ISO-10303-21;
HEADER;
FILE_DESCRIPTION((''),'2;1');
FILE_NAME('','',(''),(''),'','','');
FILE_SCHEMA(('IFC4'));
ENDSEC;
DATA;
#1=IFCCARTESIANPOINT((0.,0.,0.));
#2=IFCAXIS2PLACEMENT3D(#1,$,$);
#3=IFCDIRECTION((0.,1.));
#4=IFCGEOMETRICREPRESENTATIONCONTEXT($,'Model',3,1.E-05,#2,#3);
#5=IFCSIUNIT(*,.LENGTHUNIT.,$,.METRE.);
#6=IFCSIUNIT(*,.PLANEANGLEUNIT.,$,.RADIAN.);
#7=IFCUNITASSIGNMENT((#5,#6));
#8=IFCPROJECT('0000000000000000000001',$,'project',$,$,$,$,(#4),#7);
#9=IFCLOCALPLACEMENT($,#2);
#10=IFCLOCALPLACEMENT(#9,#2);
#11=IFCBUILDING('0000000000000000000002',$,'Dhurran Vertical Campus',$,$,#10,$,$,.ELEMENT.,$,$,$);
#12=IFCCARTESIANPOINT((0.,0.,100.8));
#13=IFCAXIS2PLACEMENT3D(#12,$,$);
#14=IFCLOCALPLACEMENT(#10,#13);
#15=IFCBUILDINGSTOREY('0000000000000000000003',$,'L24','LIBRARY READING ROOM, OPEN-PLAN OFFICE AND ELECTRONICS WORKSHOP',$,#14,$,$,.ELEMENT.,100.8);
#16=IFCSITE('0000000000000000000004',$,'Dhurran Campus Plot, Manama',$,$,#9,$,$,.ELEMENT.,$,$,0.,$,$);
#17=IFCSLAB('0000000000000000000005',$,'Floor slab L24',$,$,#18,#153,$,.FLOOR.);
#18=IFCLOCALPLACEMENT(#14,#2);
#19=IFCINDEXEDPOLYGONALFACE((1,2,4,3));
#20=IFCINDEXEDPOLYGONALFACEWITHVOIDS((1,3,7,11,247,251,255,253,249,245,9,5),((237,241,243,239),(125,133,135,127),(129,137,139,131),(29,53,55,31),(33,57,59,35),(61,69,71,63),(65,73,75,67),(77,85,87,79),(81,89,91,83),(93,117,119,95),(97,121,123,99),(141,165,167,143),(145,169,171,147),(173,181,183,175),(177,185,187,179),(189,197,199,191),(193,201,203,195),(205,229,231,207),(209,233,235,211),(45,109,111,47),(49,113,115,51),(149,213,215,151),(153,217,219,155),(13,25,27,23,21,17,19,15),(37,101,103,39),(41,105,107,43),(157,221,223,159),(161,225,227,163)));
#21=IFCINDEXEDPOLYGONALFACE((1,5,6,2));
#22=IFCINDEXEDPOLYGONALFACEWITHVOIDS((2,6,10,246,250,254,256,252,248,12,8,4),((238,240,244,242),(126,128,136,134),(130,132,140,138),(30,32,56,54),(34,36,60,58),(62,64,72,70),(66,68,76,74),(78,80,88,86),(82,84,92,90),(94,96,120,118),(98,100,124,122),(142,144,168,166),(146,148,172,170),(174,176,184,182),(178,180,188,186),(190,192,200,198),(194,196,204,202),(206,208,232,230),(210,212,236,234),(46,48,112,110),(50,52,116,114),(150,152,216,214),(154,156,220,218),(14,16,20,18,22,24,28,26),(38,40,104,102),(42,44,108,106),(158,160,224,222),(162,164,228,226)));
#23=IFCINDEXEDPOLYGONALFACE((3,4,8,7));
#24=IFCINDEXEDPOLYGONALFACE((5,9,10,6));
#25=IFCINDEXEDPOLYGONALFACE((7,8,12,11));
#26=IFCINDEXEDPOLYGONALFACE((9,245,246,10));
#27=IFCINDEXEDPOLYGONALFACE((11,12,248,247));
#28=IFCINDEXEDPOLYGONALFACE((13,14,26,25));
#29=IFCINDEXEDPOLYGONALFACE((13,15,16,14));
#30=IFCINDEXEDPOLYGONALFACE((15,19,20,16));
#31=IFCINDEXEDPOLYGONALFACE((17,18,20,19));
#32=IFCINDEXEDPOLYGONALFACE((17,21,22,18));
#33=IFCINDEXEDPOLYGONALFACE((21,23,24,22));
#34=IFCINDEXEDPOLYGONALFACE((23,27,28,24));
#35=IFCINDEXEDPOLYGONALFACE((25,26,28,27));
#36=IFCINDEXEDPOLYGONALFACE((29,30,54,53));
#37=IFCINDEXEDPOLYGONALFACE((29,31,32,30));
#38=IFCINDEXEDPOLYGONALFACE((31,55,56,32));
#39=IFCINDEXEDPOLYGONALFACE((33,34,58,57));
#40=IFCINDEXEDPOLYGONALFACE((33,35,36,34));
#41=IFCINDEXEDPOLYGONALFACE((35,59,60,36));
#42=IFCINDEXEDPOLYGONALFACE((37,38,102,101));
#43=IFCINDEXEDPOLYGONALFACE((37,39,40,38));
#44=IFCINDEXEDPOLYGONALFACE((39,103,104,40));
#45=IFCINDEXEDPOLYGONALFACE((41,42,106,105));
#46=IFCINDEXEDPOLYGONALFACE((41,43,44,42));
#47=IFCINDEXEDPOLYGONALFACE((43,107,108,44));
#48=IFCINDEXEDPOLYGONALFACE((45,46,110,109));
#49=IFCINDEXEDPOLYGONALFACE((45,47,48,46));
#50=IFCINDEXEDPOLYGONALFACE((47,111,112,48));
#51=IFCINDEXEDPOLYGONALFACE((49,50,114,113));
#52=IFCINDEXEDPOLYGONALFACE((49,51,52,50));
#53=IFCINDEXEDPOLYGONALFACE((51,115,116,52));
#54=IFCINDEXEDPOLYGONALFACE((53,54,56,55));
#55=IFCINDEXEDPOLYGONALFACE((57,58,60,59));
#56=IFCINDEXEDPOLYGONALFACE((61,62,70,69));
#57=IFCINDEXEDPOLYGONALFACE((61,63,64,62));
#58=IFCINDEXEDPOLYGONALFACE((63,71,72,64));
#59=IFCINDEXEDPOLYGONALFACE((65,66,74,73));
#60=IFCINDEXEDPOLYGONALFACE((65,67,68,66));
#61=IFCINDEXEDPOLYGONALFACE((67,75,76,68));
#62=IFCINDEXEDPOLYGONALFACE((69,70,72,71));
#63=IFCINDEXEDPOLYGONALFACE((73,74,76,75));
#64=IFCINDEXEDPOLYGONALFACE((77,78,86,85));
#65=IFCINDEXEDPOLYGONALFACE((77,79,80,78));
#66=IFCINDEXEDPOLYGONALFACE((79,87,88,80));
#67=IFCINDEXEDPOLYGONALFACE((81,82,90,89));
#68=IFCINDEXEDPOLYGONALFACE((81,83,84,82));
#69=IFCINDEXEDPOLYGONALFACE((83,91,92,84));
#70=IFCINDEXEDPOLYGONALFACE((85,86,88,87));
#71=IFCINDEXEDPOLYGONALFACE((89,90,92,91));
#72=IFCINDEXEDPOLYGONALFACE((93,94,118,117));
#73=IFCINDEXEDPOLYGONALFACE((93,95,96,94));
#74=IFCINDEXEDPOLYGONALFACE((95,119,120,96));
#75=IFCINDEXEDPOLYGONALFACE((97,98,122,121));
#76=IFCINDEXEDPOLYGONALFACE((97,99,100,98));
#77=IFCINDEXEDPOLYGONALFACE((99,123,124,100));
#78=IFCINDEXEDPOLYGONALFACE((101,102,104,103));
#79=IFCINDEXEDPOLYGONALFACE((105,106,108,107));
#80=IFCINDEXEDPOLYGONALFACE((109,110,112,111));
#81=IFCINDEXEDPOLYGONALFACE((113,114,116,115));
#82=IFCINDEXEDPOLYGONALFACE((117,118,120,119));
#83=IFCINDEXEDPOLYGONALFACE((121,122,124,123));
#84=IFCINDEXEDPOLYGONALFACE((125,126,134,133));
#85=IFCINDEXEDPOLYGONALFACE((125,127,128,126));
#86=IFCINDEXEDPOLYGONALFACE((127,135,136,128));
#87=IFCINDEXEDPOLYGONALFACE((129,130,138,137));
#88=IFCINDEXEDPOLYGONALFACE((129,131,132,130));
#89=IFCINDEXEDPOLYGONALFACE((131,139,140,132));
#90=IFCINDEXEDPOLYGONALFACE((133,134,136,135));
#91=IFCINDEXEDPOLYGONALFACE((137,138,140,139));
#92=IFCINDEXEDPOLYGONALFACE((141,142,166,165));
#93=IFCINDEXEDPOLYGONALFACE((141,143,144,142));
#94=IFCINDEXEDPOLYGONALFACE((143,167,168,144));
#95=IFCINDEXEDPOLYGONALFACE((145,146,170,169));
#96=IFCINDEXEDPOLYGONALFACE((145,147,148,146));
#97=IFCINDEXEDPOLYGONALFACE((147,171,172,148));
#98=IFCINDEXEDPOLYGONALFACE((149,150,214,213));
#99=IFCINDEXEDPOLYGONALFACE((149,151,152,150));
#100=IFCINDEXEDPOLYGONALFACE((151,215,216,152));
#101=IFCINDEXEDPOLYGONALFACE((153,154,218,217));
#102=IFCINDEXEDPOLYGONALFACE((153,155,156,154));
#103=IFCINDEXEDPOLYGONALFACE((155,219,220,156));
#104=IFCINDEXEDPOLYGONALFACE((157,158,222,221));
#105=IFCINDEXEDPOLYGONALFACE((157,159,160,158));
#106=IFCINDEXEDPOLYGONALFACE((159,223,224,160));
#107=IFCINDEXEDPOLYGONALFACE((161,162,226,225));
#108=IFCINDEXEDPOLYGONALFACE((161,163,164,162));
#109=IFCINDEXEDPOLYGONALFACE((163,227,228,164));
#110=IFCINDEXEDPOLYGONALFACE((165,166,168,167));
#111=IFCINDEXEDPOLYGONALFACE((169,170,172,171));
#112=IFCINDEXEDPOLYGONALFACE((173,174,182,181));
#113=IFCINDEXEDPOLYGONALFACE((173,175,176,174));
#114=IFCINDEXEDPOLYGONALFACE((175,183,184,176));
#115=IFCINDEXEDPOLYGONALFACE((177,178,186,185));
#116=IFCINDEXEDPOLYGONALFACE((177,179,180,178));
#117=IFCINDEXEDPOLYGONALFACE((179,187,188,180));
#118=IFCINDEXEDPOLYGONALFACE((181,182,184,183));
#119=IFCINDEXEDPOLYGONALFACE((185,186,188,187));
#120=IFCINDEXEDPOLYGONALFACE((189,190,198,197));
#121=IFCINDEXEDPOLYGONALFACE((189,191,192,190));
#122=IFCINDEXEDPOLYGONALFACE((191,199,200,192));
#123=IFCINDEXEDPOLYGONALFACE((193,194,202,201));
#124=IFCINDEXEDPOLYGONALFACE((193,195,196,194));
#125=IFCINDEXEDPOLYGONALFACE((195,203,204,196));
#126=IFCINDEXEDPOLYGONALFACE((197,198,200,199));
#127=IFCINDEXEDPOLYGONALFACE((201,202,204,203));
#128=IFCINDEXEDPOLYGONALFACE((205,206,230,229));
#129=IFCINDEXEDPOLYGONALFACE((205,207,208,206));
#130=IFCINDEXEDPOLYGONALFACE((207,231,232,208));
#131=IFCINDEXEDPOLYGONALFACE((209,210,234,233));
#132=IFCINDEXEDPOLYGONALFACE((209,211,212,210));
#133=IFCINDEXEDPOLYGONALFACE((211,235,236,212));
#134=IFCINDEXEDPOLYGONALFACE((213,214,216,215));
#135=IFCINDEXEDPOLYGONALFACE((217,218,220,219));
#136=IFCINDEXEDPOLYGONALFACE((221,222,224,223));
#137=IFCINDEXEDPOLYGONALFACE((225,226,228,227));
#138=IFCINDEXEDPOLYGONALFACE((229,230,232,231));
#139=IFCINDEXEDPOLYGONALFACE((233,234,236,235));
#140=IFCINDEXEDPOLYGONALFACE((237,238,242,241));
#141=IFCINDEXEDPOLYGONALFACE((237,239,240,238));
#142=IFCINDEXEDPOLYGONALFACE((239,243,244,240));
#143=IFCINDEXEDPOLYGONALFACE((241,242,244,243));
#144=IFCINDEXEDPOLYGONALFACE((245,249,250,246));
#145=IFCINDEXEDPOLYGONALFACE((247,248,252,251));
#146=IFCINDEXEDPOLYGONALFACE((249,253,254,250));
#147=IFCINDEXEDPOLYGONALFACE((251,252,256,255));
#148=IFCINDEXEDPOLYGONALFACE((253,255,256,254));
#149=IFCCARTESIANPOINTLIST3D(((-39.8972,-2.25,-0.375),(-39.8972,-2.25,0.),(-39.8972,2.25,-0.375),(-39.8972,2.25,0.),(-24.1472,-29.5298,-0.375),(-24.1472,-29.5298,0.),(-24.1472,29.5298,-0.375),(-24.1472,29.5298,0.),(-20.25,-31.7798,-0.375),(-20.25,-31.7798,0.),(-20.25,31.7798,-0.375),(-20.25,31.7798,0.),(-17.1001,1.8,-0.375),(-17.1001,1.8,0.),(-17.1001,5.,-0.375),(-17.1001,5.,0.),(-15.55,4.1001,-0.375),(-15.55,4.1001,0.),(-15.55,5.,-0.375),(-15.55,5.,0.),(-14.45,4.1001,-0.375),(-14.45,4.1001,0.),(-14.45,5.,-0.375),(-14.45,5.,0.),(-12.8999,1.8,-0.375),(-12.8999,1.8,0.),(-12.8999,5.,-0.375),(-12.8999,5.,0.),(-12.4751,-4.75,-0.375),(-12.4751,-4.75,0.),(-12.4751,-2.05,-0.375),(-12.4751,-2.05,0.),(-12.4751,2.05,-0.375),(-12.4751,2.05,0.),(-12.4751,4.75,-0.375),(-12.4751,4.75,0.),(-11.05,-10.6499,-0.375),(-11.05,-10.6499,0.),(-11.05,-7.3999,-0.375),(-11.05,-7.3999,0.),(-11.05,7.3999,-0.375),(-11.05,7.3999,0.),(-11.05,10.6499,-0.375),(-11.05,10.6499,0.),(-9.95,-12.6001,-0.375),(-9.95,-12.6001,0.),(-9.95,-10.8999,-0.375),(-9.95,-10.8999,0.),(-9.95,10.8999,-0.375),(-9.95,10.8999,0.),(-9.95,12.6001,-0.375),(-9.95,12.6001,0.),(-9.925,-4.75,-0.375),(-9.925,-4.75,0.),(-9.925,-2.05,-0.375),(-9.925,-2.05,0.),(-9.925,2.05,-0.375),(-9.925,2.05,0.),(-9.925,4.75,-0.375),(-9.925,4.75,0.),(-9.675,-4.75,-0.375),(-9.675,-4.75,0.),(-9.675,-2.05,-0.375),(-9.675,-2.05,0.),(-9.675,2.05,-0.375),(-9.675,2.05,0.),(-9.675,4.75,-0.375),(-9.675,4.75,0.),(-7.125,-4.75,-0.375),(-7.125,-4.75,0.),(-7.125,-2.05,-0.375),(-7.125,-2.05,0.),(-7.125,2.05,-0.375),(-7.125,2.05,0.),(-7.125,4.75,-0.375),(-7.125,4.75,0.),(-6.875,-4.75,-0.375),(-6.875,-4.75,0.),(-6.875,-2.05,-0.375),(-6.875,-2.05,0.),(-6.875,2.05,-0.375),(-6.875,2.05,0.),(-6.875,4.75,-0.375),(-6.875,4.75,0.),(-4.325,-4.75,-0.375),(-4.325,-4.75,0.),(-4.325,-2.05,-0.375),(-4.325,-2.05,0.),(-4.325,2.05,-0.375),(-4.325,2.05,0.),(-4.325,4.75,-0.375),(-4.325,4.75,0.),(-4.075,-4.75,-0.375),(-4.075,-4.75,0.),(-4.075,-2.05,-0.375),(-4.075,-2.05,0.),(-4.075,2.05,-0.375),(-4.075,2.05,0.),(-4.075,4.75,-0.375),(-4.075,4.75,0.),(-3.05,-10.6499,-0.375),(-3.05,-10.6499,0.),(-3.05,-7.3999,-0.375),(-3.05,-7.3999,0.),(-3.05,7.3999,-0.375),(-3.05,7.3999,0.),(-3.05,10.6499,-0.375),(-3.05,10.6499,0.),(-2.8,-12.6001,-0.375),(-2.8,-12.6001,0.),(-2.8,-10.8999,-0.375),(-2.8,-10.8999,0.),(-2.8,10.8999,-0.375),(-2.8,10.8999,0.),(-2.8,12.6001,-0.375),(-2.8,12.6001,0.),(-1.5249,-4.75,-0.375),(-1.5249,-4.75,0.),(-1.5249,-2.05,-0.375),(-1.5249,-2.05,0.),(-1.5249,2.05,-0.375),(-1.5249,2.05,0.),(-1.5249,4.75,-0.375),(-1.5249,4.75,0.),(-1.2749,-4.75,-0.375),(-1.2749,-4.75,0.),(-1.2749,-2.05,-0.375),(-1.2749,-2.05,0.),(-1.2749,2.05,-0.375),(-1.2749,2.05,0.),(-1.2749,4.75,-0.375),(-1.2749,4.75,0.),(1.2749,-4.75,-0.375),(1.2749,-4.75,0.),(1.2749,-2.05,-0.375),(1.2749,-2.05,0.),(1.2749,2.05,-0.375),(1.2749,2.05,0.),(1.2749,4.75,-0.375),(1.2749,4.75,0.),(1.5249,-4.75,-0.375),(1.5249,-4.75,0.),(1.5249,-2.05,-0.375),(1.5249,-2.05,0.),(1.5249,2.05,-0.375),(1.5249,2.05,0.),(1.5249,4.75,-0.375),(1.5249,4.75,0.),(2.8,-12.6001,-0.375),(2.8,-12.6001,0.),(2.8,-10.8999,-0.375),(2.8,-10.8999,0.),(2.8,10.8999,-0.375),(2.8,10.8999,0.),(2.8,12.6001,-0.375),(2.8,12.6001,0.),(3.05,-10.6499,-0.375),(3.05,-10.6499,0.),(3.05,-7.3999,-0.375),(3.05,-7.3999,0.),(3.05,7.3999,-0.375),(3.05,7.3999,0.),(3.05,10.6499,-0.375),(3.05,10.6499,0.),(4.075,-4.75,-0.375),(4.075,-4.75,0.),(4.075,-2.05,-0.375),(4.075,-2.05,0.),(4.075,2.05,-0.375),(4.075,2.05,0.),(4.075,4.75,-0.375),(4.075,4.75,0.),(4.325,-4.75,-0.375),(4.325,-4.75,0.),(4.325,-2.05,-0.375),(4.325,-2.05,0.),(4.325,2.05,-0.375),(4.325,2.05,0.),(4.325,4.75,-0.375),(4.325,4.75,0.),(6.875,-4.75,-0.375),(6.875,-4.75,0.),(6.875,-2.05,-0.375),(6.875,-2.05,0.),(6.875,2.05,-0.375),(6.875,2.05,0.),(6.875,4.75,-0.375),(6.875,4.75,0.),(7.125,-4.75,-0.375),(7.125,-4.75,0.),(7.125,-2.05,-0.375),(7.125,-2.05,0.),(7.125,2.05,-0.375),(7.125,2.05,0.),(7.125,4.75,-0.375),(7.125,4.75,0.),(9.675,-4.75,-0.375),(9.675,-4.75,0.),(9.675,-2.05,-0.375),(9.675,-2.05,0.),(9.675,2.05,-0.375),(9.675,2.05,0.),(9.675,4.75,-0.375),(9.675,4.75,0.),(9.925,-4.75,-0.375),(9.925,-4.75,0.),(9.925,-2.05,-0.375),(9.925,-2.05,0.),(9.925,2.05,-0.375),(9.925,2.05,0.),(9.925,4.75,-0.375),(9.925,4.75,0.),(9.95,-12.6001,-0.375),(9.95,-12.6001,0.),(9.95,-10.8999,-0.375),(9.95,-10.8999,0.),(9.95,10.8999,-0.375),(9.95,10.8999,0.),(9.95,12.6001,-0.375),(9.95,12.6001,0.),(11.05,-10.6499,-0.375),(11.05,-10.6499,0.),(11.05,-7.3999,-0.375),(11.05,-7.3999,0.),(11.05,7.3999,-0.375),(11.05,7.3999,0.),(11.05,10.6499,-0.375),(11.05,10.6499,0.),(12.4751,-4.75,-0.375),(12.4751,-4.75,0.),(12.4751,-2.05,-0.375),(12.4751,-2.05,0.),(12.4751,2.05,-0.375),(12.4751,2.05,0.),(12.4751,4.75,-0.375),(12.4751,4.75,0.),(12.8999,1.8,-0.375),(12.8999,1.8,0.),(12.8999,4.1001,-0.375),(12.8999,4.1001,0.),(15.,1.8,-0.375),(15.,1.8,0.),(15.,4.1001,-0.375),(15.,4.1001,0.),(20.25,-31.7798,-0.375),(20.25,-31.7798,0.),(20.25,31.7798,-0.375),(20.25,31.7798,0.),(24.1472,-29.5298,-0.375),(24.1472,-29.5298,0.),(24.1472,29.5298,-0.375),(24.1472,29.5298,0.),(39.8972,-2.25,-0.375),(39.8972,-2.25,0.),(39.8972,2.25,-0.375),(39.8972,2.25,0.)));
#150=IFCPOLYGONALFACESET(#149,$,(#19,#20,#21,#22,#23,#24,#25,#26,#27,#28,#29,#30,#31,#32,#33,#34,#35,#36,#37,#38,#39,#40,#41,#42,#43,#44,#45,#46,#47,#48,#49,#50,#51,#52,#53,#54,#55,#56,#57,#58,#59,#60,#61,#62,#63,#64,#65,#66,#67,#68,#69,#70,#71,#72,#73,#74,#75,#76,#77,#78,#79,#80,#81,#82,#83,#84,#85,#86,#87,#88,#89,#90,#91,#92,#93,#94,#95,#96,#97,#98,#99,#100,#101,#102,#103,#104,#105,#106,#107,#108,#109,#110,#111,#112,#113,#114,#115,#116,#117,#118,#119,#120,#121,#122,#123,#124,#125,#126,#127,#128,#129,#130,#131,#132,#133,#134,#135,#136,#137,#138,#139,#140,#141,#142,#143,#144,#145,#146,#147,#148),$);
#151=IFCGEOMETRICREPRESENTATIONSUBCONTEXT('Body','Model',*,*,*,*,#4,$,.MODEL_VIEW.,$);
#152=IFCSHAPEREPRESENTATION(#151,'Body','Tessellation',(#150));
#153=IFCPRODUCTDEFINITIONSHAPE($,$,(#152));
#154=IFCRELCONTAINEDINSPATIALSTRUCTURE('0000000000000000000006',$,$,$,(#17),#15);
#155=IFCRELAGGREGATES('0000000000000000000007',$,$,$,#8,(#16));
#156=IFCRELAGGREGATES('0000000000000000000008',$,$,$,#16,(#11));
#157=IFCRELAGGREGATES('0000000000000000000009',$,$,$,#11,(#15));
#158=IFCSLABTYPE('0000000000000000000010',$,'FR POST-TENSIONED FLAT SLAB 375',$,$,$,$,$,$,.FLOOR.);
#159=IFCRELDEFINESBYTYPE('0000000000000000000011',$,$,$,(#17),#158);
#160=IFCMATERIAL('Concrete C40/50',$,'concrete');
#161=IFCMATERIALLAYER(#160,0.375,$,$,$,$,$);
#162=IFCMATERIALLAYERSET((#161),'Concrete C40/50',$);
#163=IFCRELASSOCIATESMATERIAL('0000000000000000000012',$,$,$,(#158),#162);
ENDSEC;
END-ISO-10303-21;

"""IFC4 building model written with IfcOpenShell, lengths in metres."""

from ifc_helpers import new_model, si_unit, direction, frame, origin, place, context, subcontext, project, spatial, polyline, outline, extrude, material, layer, layer_set, type_object, element, save


model = new_model("IFC4")

# Units and contexts
model_context = context("Model", 3, precision=1e-05, world=origin(), true_north=direction((0.0, 1.0)))
body_context = subcontext(model_context, "Body", "Model", "MODEL_VIEW")
ifc_project = project(units=[si_unit("LENGTHUNIT", "METRE"), si_unit("PLANEANGLEUNIT", "RADIAN")], contexts=[model_context])

# Site, building, storey
site_placement = place(None, origin())
site = spatial("IfcSite", under=ifc_project, at=site_placement, Name="Dhurran Campus Plot, Manama", CompositionType="ELEMENT", RefElevation=0.0)
building_placement = place(site_placement, origin())
building = spatial("IfcBuilding", under=site, at=building_placement, Name="Dhurran Vertical Campus", CompositionType="ELEMENT")
storey_placement = place(building_placement, frame((0.0, 0.0, 100.8)))
storey = spatial("IfcBuildingStorey", under=building, at=storey_placement, Name="L24", Description="LIBRARY READING ROOM, OPEN-PLAN OFFICE AND ELECTRONICS WORKSHOP", CompositionType="ELEMENT", Elevation=100.8)

# Slab
ifc_material_1 = material(Name="Concrete C40/50", Category="concrete")
ifc_layer_1 = layer(ifc_material_1, 0.375)
ifc_layer_set_1 = layer_set([ifc_layer_1], Name="Concrete C40/50")
slab_type = type_object("IfcSlabType", Name="FR POST-TENSIONED FLAT SLAB 375", PredefinedType="FLOOR", material=ifc_layer_set_1)
slab_placement = place(storey_placement, frame((0.0, 0.0, -0.375)))
element("IfcSlab", 1, at=slab_placement, inside=storey, type_object=slab_type, Name="Floor slab L24", PredefinedType="FLOOR", context=body_context, shape_type="SweptSolid", body=[
    extrude(outline(polyline([(-20.25, -31.7798), (20.25, -31.7798), (24.1472, -29.5298), (39.8972, -2.25), (39.8972, 2.25), (24.1472, 29.5298), (20.25, 31.7798), (-20.25, 31.7798), (-24.1472, 29.5298), (-39.8972, 2.25), (-39.8972, -2.25), (-24.1472, -29.5298), (-20.25, -31.7798)]), holes=[polyline([(-12.4751, 2.05), (-9.925, 2.05), (-9.925, 4.75), (-12.4751, 4.75), (-12.4751, 2.05)]), polyline([(-9.675, 2.05), (-7.125, 2.05), (-7.125, 4.75), (-9.675, 4.75), (-9.675, 2.05)]), polyline([(-6.875, 2.05), (-4.325, 2.05), (-4.325, 4.75), (-6.875, 4.75), (-6.875, 2.05)]), polyline([(-1.2749, 2.05), (1.2749, 2.05), (1.2749, 4.75), (-1.2749, 4.75), (-1.2749, 2.05)]), polyline([(9.925, 2.05), (12.4751, 2.05), (12.4751, 4.75), (9.925, 4.75), (9.925, 2.05)]), polyline([(-1.2749, -4.75), (1.2749, -4.75), (1.2749, -2.05), (-1.2749, -2.05), (-1.2749, -4.75)]), polyline([(1.5249, -4.75), (4.075, -4.75), (4.075, -2.05), (1.5249, -2.05), (1.5249, -4.75)]), polyline([(4.325, -4.75), (6.875, -4.75), (6.875, -2.05), (4.325, -2.05), (4.325, -4.75)]), polyline([(7.125, -4.75), (9.675, -4.75), (9.675, -2.05), (7.125, -2.05), (7.125, -4.75)]), polyline([(9.925, -4.75), (12.4751, -4.75), (12.4751, -2.05), (9.925, -2.05), (9.925, -4.75)]), polyline([(-4.075, 2.05), (-1.5249, 2.05), (-1.5249, 4.75), (-4.075, 4.75), (-4.075, 2.05)]), polyline([(1.5249, 2.05), (4.075, 2.05), (4.075, 4.75), (1.5249, 4.75), (1.5249, 2.05)]), polyline([(4.325, 2.05), (6.875, 2.05), (6.875, 4.75), (4.325, 4.75), (4.325, 2.05)]), polyline([(7.125, 2.05), (9.675, 2.05), (9.675, 4.75), (7.125, 4.75), (7.125, 2.05)]), polyline([(-12.4751, -4.75), (-9.925, -4.75), (-9.925, -2.05), (-12.4751, -2.05), (-12.4751, -4.75)]), polyline([(-9.675, -4.75), (-7.125, -4.75), (-7.125, -2.05), (-9.675, -2.05), (-9.675, -4.75)]), polyline([(-6.875, -4.75), (-4.325, -4.75), (-4.325, -2.05), (-6.875, -2.05), (-6.875, -4.75)]), polyline([(-4.075, -4.75), (-1.5249, -4.75), (-1.5249, -2.05), (-4.075, -2.05), (-4.075, -4.75)]), polyline([(-11.05, 7.3999), (-3.05, 7.3999), (-3.05, 10.6499), (-11.05, 10.6499), (-11.05, 7.3999)]), polyline([(3.05, 7.3999), (11.05, 7.3999), (11.05, 10.6499), (3.05, 10.6499), (3.05, 7.3999)]), polyline([(-11.05, -10.6499), (-3.05, -10.6499), (-3.05, -7.3999), (-11.05, -7.3999), (-11.05, -10.6499)]), polyline([(3.05, -10.6499), (11.05, -10.6499), (11.05, -7.3999), (3.05, -7.3999), (3.05, -10.6499)]), polyline([(-9.95, 10.8999), (-9.95, 12.6001), (-2.8, 12.6001), (-2.8, 10.8999), (-9.95, 10.8999)]), polyline([(9.95, 12.6001), (9.95, 10.8999), (2.8, 10.8999), (2.8, 12.6001), (9.95, 12.6001)]), polyline([(-9.95, -12.6001), (-9.95, -10.8999), (-2.8, -10.8999), (-2.8, -12.6001), (-9.95, -12.6001)]), polyline([(9.95, -10.8999), (9.95, -12.6001), (2.8, -12.6001), (2.8, -10.8999), (9.95, -10.8999)]), polyline([(-17.1001, 1.8), (-17.1001, 5.0), (-15.55, 5.0), (-15.55, 4.1001), (-14.45, 4.1001), (-14.45, 5.0), (-12.8999, 5.0), (-12.8999, 1.8), (-17.1001, 1.8)]), polyline([(12.8999, 4.1001), (15.0, 4.1001), (15.0, 1.8), (12.8999, 1.8), (12.8999, 4.1001)])]), origin(), (0.0, 0.0, 1.0), 0.375),
])

save(model, "model.ifc")
